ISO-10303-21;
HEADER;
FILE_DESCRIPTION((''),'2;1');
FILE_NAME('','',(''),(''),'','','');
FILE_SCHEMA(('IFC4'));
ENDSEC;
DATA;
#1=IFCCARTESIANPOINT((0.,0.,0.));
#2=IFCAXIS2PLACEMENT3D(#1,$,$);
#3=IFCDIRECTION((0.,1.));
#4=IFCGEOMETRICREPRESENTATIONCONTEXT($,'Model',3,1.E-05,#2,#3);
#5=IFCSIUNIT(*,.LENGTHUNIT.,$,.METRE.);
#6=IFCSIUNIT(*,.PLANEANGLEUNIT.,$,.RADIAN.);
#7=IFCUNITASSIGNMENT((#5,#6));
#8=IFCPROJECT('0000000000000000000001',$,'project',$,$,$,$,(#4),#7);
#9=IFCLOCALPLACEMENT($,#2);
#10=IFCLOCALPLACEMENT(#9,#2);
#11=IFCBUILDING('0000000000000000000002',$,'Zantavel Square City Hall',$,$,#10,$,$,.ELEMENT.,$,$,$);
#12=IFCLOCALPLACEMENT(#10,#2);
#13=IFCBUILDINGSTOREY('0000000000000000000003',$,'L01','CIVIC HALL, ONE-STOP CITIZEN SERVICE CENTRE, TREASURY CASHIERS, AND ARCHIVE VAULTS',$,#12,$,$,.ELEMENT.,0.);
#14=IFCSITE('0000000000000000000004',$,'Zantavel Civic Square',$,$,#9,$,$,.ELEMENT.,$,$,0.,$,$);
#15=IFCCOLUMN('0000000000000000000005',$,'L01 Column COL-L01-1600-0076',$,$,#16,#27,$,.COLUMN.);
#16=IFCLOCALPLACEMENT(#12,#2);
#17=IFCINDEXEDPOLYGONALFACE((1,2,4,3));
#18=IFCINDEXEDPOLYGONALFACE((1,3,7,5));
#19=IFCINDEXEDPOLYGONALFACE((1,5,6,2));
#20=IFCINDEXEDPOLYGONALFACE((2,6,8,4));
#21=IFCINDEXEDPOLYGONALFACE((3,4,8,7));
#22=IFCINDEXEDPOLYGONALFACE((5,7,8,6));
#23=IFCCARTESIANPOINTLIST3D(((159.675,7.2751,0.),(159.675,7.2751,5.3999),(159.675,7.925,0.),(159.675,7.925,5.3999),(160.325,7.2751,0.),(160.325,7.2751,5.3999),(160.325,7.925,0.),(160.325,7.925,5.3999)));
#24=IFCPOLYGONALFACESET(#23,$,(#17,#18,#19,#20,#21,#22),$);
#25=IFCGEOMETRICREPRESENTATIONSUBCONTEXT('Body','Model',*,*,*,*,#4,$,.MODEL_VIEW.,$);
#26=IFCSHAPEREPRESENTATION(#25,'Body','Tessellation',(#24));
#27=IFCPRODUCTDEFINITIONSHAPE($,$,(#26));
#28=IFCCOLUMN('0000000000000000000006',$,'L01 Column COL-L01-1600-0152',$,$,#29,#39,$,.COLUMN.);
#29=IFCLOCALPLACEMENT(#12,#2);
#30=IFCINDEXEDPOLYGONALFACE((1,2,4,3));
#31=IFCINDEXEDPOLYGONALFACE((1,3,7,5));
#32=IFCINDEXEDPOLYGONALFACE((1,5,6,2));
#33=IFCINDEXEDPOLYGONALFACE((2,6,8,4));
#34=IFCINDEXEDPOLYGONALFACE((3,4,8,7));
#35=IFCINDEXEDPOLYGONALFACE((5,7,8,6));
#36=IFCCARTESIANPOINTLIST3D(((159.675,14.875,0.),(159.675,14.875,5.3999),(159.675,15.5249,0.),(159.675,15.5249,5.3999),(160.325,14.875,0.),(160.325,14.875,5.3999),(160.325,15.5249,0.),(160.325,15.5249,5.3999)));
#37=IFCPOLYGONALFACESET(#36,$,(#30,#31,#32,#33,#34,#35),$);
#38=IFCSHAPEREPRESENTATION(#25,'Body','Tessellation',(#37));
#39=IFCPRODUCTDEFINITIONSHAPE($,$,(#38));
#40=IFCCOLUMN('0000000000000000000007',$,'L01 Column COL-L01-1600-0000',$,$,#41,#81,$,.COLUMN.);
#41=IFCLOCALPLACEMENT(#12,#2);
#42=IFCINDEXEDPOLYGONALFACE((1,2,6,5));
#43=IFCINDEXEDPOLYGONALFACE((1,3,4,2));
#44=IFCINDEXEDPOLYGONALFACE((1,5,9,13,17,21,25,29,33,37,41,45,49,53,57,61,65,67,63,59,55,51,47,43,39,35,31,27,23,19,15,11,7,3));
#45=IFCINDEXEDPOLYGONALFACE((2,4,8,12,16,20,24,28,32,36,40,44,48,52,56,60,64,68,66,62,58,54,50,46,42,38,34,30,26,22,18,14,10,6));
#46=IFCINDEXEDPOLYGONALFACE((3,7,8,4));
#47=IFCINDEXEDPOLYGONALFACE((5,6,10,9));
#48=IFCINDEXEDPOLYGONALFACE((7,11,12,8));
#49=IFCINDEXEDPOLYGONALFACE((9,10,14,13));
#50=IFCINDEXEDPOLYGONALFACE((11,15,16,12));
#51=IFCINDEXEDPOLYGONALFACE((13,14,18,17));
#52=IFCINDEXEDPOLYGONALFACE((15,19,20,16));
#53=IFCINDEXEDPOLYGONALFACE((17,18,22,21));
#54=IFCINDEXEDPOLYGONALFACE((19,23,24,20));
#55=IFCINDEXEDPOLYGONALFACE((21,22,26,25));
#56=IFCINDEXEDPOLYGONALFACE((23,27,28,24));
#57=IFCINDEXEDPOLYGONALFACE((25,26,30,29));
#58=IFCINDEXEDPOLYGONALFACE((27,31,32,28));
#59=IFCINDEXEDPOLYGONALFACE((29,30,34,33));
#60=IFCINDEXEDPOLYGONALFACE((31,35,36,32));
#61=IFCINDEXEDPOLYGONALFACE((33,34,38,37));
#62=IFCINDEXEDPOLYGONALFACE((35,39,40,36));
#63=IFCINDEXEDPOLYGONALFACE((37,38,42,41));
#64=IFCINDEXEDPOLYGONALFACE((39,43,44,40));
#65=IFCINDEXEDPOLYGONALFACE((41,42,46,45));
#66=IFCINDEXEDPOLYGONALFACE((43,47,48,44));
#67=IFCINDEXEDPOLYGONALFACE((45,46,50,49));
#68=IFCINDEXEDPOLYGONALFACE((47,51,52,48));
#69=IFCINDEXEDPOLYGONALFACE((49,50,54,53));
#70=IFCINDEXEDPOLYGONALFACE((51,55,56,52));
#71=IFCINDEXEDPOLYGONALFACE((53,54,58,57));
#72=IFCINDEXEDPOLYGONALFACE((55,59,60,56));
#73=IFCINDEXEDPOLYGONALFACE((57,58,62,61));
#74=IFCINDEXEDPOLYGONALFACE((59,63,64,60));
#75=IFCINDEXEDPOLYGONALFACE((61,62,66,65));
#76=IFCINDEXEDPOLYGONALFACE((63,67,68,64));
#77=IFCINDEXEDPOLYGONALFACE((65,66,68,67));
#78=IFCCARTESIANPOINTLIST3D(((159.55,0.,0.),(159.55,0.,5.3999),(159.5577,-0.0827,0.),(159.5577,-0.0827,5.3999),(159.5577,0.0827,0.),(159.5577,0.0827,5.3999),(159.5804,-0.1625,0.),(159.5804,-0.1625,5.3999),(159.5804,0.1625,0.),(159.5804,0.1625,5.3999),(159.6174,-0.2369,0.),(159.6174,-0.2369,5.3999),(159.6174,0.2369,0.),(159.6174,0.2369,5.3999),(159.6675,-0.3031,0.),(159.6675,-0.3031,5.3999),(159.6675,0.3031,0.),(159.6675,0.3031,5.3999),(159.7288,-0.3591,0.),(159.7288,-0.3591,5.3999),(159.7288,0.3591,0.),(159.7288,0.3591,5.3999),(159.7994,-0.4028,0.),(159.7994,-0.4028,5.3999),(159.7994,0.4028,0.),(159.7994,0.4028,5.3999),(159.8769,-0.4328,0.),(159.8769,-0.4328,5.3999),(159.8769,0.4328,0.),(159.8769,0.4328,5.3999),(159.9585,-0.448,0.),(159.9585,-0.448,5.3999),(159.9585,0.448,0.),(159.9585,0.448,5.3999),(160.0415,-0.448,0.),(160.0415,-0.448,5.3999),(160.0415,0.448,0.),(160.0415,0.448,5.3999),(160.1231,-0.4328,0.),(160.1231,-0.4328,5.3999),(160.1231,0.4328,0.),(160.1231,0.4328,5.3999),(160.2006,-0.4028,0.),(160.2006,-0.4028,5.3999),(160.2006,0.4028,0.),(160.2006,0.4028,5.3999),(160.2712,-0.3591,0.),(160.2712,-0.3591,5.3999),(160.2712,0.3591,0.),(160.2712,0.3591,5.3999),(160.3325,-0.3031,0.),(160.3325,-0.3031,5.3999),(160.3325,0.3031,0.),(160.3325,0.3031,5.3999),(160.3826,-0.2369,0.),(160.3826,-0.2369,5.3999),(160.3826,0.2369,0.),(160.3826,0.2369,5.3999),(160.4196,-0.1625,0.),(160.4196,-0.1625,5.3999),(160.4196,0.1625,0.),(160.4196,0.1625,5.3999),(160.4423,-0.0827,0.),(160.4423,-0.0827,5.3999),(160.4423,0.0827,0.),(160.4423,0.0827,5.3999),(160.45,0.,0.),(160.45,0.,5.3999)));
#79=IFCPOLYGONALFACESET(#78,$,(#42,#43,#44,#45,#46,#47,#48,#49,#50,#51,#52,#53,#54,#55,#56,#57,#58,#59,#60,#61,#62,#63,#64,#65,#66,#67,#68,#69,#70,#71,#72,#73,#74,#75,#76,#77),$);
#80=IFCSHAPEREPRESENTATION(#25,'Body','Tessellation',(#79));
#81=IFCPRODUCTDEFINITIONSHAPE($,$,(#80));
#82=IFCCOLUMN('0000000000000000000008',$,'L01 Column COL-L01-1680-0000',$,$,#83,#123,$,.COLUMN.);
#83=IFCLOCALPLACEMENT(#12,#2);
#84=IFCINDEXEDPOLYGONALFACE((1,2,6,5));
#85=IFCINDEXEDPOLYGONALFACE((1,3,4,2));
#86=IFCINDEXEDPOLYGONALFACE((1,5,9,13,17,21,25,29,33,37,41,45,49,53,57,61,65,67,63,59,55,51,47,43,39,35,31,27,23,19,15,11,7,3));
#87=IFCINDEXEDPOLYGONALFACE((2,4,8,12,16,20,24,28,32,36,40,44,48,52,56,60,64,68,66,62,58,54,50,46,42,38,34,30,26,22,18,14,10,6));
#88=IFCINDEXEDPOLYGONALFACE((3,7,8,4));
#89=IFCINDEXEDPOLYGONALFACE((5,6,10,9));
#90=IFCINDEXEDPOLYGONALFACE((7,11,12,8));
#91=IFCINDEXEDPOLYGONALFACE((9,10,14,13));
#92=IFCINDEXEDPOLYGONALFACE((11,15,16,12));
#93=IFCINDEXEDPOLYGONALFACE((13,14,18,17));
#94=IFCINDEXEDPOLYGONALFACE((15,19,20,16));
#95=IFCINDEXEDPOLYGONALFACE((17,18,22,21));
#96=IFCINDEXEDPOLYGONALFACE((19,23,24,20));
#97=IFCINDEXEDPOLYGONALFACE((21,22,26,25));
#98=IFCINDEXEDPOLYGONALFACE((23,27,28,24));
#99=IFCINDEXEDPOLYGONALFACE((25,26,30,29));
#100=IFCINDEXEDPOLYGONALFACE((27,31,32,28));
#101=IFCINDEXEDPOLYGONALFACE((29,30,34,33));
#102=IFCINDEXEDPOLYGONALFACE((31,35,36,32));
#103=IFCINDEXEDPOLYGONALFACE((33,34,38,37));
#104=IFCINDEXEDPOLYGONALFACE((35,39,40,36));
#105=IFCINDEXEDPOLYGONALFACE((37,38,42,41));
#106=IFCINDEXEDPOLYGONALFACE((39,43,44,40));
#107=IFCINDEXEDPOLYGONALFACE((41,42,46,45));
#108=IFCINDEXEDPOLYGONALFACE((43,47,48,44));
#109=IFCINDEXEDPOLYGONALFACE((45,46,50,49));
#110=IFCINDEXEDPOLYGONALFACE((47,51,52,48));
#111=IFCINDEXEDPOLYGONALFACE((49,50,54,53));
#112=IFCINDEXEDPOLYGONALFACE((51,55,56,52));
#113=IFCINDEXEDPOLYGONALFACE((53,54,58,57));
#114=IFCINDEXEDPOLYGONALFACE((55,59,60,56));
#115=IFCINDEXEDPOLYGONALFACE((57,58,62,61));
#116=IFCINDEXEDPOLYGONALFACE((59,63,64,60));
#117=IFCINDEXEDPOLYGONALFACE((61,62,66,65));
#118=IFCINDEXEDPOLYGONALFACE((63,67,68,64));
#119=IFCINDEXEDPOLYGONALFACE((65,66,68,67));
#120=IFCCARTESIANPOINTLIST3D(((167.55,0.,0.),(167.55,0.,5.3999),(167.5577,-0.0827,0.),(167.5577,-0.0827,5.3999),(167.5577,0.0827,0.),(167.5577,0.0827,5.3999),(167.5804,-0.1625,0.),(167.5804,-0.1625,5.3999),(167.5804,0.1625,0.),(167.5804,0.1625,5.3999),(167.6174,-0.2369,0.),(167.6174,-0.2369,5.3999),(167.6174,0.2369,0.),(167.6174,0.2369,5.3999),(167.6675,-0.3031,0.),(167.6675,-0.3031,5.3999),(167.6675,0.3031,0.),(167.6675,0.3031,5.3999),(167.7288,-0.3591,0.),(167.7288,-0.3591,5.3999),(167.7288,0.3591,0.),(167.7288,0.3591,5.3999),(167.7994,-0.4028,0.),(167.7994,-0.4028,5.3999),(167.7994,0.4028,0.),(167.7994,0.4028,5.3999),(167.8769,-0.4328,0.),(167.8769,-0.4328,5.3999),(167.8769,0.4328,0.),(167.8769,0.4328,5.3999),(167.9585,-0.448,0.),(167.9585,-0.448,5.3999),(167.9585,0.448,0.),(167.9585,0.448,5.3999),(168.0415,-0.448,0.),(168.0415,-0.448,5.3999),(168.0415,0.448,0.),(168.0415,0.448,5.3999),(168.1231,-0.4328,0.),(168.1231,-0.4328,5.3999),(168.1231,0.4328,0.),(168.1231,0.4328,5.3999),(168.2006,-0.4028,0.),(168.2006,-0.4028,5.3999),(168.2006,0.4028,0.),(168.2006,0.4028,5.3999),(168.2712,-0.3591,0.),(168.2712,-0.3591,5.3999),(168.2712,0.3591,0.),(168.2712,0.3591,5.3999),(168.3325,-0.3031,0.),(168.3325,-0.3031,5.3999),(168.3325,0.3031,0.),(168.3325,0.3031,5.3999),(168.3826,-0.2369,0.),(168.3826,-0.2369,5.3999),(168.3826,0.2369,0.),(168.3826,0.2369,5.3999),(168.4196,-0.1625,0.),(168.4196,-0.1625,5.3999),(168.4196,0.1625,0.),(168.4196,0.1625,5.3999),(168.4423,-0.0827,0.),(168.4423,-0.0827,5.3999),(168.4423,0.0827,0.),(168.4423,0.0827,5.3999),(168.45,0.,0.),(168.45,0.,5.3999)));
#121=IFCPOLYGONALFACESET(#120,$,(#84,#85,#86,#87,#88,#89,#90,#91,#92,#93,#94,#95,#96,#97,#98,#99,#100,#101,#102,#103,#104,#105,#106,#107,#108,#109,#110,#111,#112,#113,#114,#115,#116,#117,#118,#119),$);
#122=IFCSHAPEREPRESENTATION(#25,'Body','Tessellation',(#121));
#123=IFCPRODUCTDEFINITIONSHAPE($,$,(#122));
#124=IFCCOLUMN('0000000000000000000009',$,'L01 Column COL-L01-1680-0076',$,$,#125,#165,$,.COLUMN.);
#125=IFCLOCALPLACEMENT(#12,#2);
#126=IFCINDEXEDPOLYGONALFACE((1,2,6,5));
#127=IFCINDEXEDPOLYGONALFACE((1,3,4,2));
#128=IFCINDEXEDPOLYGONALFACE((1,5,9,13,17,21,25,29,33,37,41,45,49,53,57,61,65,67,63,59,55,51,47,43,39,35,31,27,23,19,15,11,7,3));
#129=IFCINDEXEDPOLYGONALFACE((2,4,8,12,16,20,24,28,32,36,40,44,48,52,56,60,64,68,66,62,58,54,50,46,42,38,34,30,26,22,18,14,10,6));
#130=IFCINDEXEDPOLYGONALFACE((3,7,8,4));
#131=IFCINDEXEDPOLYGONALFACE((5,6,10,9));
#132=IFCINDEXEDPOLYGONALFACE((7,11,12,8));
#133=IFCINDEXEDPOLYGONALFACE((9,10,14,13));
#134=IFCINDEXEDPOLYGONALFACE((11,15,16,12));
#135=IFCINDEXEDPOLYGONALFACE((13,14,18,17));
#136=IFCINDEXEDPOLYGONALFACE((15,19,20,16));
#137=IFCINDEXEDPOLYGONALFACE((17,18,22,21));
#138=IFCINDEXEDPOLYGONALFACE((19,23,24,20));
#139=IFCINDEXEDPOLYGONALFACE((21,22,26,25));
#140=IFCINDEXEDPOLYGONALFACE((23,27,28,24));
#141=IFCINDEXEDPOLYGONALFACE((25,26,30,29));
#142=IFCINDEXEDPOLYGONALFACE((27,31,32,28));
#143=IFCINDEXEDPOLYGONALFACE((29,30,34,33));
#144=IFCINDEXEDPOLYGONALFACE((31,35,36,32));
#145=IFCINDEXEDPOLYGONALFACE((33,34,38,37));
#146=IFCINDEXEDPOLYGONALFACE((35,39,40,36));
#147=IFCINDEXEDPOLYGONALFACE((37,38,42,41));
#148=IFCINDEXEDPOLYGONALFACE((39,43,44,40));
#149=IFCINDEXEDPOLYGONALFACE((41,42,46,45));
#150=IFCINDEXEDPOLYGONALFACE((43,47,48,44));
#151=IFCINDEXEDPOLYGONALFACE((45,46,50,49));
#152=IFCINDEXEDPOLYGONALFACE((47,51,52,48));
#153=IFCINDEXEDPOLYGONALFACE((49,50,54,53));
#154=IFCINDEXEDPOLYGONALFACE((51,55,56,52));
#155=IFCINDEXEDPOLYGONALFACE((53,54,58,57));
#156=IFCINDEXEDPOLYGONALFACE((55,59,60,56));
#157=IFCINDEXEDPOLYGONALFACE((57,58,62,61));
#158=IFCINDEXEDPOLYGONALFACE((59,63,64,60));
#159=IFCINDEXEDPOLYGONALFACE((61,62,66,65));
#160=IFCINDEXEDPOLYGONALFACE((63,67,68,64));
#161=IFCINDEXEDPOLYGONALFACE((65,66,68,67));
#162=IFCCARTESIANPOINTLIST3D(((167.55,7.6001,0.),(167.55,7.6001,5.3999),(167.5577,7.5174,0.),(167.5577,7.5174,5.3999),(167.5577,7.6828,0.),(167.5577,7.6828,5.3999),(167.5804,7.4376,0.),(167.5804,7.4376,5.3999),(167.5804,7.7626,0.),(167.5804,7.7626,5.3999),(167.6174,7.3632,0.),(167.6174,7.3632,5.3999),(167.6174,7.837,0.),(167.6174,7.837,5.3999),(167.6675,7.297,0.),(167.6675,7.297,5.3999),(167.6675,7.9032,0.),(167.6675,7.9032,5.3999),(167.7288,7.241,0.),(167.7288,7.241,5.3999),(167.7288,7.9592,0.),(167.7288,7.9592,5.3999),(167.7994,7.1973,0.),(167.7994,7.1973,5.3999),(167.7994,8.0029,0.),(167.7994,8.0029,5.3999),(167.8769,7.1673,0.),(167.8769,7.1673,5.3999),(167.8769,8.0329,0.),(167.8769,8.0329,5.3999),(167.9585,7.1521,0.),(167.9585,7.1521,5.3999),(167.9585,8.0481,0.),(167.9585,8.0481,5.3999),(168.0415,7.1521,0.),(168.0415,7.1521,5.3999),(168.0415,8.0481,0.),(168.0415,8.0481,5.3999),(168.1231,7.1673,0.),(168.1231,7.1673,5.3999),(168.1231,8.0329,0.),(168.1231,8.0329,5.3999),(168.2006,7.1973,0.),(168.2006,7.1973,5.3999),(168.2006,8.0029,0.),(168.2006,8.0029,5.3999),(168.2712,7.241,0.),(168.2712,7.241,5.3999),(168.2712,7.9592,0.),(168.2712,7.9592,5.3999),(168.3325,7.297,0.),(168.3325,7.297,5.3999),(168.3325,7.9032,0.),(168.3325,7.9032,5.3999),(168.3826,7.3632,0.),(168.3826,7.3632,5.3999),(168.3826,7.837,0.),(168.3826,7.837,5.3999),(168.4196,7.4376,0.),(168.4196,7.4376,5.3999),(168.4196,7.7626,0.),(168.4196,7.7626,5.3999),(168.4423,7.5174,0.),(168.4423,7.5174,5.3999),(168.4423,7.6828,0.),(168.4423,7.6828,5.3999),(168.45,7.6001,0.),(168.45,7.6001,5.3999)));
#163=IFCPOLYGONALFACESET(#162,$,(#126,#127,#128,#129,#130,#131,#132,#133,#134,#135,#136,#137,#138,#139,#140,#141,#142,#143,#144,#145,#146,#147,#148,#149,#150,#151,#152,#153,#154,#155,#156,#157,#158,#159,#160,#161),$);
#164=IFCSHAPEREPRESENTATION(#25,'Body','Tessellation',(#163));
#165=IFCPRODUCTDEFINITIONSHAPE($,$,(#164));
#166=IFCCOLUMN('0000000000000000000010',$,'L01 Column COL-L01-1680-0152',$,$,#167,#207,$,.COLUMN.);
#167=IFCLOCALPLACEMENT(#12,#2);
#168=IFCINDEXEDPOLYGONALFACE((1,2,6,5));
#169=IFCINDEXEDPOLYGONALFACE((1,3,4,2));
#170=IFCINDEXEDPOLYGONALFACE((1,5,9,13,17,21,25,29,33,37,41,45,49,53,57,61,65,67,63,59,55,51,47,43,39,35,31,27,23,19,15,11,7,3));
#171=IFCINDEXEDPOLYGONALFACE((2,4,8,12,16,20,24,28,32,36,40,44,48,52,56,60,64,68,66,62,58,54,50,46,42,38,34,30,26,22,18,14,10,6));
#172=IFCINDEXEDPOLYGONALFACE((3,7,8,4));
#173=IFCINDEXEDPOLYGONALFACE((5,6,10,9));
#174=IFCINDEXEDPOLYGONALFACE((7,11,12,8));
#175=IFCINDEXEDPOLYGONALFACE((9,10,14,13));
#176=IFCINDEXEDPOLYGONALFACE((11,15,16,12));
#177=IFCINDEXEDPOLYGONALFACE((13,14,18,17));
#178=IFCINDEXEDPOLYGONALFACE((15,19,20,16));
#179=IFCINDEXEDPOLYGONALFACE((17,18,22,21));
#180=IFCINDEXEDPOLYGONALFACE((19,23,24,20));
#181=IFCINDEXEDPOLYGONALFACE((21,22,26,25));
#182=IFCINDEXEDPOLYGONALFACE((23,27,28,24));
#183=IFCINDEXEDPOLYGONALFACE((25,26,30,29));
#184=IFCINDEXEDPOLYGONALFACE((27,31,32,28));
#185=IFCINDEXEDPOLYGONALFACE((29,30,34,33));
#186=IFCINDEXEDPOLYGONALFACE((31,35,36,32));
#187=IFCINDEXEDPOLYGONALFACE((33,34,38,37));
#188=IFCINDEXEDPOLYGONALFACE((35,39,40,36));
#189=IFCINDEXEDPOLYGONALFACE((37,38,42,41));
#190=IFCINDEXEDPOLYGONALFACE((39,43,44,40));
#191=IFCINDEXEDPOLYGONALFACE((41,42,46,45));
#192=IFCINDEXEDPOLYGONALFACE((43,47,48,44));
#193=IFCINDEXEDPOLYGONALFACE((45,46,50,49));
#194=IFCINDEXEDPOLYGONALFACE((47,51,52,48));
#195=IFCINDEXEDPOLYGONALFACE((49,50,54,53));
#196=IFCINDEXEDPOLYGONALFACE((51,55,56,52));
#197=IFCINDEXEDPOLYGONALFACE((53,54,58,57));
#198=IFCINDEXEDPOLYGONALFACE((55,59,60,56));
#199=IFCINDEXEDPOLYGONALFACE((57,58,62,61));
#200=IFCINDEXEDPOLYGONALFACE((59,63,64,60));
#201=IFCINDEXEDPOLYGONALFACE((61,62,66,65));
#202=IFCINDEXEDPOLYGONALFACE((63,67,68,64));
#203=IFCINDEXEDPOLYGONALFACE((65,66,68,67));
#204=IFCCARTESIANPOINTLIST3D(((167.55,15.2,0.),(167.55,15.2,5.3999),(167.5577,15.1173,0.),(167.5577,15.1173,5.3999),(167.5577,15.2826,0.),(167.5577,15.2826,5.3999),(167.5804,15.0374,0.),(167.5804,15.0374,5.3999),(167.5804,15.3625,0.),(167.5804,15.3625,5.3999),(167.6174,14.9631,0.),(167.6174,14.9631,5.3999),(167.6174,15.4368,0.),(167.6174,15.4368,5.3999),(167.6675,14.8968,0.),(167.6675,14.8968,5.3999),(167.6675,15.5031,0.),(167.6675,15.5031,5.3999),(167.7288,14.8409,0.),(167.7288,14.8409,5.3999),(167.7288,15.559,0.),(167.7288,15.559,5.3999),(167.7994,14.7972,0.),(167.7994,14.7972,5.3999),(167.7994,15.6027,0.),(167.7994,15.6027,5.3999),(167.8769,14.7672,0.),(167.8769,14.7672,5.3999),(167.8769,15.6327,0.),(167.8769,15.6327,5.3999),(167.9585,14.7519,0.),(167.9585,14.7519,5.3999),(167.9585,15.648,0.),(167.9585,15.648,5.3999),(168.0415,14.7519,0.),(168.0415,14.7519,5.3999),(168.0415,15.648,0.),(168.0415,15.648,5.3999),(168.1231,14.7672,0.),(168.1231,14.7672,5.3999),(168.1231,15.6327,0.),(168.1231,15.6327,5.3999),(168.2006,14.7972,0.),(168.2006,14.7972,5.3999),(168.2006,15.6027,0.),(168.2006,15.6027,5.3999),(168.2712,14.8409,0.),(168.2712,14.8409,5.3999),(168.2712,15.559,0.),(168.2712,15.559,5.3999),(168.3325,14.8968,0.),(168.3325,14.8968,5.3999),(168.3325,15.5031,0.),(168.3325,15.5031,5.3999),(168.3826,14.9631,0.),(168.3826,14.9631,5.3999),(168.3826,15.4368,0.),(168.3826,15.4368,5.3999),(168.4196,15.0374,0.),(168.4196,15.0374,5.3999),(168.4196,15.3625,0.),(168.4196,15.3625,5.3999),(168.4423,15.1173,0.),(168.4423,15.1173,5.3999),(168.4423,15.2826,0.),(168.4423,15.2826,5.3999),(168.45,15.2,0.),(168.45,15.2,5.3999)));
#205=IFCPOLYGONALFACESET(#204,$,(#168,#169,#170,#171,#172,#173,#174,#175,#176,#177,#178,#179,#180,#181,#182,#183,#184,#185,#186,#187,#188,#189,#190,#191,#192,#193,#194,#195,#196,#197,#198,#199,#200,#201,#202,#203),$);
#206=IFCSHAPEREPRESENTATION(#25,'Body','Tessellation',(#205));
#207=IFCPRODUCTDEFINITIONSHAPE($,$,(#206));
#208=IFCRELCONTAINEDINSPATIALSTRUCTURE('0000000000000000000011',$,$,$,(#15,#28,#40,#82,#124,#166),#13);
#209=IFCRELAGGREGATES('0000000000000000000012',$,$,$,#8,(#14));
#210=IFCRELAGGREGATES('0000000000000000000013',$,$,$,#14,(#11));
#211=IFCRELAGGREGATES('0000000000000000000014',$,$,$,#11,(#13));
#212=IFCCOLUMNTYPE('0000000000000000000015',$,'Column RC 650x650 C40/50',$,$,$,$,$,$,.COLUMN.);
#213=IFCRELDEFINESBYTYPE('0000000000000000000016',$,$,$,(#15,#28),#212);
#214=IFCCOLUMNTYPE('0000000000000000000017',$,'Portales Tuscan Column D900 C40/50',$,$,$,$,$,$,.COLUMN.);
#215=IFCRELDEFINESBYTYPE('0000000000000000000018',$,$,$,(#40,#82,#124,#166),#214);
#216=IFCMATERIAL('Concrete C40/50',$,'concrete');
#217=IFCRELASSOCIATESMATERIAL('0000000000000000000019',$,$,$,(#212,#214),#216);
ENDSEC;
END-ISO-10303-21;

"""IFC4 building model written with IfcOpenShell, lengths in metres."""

from ifc_helpers import new_model, si_unit, direction, frame, origin, origin_2d, place, context, subcontext, project, spatial, rectangle, circle, extrude, material, material_profile, profile_set, type_object, element, save


model = new_model("IFC4")

# Units and contexts
model_context = context("Model", 3, precision=1e-05, world=origin(), true_north=direction((0.0, 1.0)))
body_context = subcontext(model_context, "Body", "Model", "MODEL_VIEW")
ifc_project = project(units=[si_unit("LENGTHUNIT", "METRE"), si_unit("PLANEANGLEUNIT", "RADIAN")], contexts=[model_context])

# Site, building, storey
site_placement = place(None, origin())
site = spatial("IfcSite", under=ifc_project, at=site_placement, Name="Zantavel Civic Square", CompositionType="ELEMENT", RefElevation=0.0)
building_placement = place(site_placement, origin())
building = spatial("IfcBuilding", under=site, at=building_placement, Name="Zantavel Square City Hall", CompositionType="ELEMENT")
storey_placement = place(building_placement, origin())
storey = spatial("IfcBuildingStorey", under=building, at=storey_placement, Name="L01", Description="CIVIC HALL, ONE-STOP CITIZEN SERVICE CENTRE, TREASURY CASHIERS, AND ARCHIVE VAULTS", CompositionType="ELEMENT", Elevation=0.0)

# Columns
ifc_material_1 = material(Name="Concrete C40/50", Category="concrete")
ifc_material_profile_1 = material_profile(ifc_material_1, rectangle(XDim=0.6499, YDim=0.6499, at=origin_2d()), Name="RC 650x650")
ifc_profile_set_1 = profile_set([ifc_material_profile_1], Name="Concrete C40/50")
column_type_1 = type_object("IfcColumnType", Name="Column RC 650x650 C40/50", PredefinedType="COLUMN", material=ifc_profile_set_1)
for number, where, z_axis, x_axis, name in (
    (1, (160.0, 7.6001, 0.0), (0.0, 0.0, 1.0), (1.0, 0.0, 0.0), "L01 Column COL-L01-1600-0076"),
    (2, (160.0, 15.2, 0.0), (0.0, 0.0, 1.0), (1.0, 0.0, 0.0), "L01 Column COL-L01-1600-0152"),
):
    element("IfcColumn", number, at=place(storey_placement, frame(where, z_axis=z_axis, x_axis=x_axis)), inside=storey, type_object=column_type_1, Name=name, PredefinedType="COLUMN", context=body_context, shape_type="SweptSolid", body=[
        extrude(rectangle(XDim=0.6499, YDim=0.6499, at=origin_2d()), origin(), (0.0, 0.0, 1.0), 5.3999),
    ])
ifc_material_profile_2 = material_profile(ifc_material_1, circle(Radius=0.45, at=origin_2d()), Name="ROUND D900")
ifc_profile_set_2 = profile_set([ifc_material_profile_2], Name="Concrete C40/50")
column_type_2 = type_object("IfcColumnType", Name="Portales Tuscan Column D900 C40/50", PredefinedType="COLUMN", material=ifc_profile_set_2)
for number, where, z_axis, x_axis, name in (
    (3, (160.0, 0.0, 0.0), (0.0, 0.0, 1.0), (1.0, 0.0, 0.0), "L01 Column COL-L01-1600-0000"),
    (4, (168.0, 0.0, 0.0), (0.0, 0.0, 1.0), (1.0, 0.0, 0.0), "L01 Column COL-L01-1680-0000"),
    (5, (168.0, 7.6001, 0.0), (0.0, 0.0, 1.0), (1.0, 0.0, 0.0), "L01 Column COL-L01-1680-0076"),
    (6, (168.0, 15.2, 0.0), (0.0, 0.0, 1.0), (1.0, 0.0, 0.0), "L01 Column COL-L01-1680-0152"),
):
    element("IfcColumn", number, at=place(storey_placement, frame(where, z_axis=z_axis, x_axis=x_axis)), inside=storey, type_object=column_type_2, Name=name, PredefinedType="COLUMN", context=body_context, shape_type="SweptSolid", body=[
        extrude(circle(Radius=0.45, at=origin_2d()), origin(), (0.0, 0.0, 1.0), 5.3999),
    ])

save(model, "model.ifc")
